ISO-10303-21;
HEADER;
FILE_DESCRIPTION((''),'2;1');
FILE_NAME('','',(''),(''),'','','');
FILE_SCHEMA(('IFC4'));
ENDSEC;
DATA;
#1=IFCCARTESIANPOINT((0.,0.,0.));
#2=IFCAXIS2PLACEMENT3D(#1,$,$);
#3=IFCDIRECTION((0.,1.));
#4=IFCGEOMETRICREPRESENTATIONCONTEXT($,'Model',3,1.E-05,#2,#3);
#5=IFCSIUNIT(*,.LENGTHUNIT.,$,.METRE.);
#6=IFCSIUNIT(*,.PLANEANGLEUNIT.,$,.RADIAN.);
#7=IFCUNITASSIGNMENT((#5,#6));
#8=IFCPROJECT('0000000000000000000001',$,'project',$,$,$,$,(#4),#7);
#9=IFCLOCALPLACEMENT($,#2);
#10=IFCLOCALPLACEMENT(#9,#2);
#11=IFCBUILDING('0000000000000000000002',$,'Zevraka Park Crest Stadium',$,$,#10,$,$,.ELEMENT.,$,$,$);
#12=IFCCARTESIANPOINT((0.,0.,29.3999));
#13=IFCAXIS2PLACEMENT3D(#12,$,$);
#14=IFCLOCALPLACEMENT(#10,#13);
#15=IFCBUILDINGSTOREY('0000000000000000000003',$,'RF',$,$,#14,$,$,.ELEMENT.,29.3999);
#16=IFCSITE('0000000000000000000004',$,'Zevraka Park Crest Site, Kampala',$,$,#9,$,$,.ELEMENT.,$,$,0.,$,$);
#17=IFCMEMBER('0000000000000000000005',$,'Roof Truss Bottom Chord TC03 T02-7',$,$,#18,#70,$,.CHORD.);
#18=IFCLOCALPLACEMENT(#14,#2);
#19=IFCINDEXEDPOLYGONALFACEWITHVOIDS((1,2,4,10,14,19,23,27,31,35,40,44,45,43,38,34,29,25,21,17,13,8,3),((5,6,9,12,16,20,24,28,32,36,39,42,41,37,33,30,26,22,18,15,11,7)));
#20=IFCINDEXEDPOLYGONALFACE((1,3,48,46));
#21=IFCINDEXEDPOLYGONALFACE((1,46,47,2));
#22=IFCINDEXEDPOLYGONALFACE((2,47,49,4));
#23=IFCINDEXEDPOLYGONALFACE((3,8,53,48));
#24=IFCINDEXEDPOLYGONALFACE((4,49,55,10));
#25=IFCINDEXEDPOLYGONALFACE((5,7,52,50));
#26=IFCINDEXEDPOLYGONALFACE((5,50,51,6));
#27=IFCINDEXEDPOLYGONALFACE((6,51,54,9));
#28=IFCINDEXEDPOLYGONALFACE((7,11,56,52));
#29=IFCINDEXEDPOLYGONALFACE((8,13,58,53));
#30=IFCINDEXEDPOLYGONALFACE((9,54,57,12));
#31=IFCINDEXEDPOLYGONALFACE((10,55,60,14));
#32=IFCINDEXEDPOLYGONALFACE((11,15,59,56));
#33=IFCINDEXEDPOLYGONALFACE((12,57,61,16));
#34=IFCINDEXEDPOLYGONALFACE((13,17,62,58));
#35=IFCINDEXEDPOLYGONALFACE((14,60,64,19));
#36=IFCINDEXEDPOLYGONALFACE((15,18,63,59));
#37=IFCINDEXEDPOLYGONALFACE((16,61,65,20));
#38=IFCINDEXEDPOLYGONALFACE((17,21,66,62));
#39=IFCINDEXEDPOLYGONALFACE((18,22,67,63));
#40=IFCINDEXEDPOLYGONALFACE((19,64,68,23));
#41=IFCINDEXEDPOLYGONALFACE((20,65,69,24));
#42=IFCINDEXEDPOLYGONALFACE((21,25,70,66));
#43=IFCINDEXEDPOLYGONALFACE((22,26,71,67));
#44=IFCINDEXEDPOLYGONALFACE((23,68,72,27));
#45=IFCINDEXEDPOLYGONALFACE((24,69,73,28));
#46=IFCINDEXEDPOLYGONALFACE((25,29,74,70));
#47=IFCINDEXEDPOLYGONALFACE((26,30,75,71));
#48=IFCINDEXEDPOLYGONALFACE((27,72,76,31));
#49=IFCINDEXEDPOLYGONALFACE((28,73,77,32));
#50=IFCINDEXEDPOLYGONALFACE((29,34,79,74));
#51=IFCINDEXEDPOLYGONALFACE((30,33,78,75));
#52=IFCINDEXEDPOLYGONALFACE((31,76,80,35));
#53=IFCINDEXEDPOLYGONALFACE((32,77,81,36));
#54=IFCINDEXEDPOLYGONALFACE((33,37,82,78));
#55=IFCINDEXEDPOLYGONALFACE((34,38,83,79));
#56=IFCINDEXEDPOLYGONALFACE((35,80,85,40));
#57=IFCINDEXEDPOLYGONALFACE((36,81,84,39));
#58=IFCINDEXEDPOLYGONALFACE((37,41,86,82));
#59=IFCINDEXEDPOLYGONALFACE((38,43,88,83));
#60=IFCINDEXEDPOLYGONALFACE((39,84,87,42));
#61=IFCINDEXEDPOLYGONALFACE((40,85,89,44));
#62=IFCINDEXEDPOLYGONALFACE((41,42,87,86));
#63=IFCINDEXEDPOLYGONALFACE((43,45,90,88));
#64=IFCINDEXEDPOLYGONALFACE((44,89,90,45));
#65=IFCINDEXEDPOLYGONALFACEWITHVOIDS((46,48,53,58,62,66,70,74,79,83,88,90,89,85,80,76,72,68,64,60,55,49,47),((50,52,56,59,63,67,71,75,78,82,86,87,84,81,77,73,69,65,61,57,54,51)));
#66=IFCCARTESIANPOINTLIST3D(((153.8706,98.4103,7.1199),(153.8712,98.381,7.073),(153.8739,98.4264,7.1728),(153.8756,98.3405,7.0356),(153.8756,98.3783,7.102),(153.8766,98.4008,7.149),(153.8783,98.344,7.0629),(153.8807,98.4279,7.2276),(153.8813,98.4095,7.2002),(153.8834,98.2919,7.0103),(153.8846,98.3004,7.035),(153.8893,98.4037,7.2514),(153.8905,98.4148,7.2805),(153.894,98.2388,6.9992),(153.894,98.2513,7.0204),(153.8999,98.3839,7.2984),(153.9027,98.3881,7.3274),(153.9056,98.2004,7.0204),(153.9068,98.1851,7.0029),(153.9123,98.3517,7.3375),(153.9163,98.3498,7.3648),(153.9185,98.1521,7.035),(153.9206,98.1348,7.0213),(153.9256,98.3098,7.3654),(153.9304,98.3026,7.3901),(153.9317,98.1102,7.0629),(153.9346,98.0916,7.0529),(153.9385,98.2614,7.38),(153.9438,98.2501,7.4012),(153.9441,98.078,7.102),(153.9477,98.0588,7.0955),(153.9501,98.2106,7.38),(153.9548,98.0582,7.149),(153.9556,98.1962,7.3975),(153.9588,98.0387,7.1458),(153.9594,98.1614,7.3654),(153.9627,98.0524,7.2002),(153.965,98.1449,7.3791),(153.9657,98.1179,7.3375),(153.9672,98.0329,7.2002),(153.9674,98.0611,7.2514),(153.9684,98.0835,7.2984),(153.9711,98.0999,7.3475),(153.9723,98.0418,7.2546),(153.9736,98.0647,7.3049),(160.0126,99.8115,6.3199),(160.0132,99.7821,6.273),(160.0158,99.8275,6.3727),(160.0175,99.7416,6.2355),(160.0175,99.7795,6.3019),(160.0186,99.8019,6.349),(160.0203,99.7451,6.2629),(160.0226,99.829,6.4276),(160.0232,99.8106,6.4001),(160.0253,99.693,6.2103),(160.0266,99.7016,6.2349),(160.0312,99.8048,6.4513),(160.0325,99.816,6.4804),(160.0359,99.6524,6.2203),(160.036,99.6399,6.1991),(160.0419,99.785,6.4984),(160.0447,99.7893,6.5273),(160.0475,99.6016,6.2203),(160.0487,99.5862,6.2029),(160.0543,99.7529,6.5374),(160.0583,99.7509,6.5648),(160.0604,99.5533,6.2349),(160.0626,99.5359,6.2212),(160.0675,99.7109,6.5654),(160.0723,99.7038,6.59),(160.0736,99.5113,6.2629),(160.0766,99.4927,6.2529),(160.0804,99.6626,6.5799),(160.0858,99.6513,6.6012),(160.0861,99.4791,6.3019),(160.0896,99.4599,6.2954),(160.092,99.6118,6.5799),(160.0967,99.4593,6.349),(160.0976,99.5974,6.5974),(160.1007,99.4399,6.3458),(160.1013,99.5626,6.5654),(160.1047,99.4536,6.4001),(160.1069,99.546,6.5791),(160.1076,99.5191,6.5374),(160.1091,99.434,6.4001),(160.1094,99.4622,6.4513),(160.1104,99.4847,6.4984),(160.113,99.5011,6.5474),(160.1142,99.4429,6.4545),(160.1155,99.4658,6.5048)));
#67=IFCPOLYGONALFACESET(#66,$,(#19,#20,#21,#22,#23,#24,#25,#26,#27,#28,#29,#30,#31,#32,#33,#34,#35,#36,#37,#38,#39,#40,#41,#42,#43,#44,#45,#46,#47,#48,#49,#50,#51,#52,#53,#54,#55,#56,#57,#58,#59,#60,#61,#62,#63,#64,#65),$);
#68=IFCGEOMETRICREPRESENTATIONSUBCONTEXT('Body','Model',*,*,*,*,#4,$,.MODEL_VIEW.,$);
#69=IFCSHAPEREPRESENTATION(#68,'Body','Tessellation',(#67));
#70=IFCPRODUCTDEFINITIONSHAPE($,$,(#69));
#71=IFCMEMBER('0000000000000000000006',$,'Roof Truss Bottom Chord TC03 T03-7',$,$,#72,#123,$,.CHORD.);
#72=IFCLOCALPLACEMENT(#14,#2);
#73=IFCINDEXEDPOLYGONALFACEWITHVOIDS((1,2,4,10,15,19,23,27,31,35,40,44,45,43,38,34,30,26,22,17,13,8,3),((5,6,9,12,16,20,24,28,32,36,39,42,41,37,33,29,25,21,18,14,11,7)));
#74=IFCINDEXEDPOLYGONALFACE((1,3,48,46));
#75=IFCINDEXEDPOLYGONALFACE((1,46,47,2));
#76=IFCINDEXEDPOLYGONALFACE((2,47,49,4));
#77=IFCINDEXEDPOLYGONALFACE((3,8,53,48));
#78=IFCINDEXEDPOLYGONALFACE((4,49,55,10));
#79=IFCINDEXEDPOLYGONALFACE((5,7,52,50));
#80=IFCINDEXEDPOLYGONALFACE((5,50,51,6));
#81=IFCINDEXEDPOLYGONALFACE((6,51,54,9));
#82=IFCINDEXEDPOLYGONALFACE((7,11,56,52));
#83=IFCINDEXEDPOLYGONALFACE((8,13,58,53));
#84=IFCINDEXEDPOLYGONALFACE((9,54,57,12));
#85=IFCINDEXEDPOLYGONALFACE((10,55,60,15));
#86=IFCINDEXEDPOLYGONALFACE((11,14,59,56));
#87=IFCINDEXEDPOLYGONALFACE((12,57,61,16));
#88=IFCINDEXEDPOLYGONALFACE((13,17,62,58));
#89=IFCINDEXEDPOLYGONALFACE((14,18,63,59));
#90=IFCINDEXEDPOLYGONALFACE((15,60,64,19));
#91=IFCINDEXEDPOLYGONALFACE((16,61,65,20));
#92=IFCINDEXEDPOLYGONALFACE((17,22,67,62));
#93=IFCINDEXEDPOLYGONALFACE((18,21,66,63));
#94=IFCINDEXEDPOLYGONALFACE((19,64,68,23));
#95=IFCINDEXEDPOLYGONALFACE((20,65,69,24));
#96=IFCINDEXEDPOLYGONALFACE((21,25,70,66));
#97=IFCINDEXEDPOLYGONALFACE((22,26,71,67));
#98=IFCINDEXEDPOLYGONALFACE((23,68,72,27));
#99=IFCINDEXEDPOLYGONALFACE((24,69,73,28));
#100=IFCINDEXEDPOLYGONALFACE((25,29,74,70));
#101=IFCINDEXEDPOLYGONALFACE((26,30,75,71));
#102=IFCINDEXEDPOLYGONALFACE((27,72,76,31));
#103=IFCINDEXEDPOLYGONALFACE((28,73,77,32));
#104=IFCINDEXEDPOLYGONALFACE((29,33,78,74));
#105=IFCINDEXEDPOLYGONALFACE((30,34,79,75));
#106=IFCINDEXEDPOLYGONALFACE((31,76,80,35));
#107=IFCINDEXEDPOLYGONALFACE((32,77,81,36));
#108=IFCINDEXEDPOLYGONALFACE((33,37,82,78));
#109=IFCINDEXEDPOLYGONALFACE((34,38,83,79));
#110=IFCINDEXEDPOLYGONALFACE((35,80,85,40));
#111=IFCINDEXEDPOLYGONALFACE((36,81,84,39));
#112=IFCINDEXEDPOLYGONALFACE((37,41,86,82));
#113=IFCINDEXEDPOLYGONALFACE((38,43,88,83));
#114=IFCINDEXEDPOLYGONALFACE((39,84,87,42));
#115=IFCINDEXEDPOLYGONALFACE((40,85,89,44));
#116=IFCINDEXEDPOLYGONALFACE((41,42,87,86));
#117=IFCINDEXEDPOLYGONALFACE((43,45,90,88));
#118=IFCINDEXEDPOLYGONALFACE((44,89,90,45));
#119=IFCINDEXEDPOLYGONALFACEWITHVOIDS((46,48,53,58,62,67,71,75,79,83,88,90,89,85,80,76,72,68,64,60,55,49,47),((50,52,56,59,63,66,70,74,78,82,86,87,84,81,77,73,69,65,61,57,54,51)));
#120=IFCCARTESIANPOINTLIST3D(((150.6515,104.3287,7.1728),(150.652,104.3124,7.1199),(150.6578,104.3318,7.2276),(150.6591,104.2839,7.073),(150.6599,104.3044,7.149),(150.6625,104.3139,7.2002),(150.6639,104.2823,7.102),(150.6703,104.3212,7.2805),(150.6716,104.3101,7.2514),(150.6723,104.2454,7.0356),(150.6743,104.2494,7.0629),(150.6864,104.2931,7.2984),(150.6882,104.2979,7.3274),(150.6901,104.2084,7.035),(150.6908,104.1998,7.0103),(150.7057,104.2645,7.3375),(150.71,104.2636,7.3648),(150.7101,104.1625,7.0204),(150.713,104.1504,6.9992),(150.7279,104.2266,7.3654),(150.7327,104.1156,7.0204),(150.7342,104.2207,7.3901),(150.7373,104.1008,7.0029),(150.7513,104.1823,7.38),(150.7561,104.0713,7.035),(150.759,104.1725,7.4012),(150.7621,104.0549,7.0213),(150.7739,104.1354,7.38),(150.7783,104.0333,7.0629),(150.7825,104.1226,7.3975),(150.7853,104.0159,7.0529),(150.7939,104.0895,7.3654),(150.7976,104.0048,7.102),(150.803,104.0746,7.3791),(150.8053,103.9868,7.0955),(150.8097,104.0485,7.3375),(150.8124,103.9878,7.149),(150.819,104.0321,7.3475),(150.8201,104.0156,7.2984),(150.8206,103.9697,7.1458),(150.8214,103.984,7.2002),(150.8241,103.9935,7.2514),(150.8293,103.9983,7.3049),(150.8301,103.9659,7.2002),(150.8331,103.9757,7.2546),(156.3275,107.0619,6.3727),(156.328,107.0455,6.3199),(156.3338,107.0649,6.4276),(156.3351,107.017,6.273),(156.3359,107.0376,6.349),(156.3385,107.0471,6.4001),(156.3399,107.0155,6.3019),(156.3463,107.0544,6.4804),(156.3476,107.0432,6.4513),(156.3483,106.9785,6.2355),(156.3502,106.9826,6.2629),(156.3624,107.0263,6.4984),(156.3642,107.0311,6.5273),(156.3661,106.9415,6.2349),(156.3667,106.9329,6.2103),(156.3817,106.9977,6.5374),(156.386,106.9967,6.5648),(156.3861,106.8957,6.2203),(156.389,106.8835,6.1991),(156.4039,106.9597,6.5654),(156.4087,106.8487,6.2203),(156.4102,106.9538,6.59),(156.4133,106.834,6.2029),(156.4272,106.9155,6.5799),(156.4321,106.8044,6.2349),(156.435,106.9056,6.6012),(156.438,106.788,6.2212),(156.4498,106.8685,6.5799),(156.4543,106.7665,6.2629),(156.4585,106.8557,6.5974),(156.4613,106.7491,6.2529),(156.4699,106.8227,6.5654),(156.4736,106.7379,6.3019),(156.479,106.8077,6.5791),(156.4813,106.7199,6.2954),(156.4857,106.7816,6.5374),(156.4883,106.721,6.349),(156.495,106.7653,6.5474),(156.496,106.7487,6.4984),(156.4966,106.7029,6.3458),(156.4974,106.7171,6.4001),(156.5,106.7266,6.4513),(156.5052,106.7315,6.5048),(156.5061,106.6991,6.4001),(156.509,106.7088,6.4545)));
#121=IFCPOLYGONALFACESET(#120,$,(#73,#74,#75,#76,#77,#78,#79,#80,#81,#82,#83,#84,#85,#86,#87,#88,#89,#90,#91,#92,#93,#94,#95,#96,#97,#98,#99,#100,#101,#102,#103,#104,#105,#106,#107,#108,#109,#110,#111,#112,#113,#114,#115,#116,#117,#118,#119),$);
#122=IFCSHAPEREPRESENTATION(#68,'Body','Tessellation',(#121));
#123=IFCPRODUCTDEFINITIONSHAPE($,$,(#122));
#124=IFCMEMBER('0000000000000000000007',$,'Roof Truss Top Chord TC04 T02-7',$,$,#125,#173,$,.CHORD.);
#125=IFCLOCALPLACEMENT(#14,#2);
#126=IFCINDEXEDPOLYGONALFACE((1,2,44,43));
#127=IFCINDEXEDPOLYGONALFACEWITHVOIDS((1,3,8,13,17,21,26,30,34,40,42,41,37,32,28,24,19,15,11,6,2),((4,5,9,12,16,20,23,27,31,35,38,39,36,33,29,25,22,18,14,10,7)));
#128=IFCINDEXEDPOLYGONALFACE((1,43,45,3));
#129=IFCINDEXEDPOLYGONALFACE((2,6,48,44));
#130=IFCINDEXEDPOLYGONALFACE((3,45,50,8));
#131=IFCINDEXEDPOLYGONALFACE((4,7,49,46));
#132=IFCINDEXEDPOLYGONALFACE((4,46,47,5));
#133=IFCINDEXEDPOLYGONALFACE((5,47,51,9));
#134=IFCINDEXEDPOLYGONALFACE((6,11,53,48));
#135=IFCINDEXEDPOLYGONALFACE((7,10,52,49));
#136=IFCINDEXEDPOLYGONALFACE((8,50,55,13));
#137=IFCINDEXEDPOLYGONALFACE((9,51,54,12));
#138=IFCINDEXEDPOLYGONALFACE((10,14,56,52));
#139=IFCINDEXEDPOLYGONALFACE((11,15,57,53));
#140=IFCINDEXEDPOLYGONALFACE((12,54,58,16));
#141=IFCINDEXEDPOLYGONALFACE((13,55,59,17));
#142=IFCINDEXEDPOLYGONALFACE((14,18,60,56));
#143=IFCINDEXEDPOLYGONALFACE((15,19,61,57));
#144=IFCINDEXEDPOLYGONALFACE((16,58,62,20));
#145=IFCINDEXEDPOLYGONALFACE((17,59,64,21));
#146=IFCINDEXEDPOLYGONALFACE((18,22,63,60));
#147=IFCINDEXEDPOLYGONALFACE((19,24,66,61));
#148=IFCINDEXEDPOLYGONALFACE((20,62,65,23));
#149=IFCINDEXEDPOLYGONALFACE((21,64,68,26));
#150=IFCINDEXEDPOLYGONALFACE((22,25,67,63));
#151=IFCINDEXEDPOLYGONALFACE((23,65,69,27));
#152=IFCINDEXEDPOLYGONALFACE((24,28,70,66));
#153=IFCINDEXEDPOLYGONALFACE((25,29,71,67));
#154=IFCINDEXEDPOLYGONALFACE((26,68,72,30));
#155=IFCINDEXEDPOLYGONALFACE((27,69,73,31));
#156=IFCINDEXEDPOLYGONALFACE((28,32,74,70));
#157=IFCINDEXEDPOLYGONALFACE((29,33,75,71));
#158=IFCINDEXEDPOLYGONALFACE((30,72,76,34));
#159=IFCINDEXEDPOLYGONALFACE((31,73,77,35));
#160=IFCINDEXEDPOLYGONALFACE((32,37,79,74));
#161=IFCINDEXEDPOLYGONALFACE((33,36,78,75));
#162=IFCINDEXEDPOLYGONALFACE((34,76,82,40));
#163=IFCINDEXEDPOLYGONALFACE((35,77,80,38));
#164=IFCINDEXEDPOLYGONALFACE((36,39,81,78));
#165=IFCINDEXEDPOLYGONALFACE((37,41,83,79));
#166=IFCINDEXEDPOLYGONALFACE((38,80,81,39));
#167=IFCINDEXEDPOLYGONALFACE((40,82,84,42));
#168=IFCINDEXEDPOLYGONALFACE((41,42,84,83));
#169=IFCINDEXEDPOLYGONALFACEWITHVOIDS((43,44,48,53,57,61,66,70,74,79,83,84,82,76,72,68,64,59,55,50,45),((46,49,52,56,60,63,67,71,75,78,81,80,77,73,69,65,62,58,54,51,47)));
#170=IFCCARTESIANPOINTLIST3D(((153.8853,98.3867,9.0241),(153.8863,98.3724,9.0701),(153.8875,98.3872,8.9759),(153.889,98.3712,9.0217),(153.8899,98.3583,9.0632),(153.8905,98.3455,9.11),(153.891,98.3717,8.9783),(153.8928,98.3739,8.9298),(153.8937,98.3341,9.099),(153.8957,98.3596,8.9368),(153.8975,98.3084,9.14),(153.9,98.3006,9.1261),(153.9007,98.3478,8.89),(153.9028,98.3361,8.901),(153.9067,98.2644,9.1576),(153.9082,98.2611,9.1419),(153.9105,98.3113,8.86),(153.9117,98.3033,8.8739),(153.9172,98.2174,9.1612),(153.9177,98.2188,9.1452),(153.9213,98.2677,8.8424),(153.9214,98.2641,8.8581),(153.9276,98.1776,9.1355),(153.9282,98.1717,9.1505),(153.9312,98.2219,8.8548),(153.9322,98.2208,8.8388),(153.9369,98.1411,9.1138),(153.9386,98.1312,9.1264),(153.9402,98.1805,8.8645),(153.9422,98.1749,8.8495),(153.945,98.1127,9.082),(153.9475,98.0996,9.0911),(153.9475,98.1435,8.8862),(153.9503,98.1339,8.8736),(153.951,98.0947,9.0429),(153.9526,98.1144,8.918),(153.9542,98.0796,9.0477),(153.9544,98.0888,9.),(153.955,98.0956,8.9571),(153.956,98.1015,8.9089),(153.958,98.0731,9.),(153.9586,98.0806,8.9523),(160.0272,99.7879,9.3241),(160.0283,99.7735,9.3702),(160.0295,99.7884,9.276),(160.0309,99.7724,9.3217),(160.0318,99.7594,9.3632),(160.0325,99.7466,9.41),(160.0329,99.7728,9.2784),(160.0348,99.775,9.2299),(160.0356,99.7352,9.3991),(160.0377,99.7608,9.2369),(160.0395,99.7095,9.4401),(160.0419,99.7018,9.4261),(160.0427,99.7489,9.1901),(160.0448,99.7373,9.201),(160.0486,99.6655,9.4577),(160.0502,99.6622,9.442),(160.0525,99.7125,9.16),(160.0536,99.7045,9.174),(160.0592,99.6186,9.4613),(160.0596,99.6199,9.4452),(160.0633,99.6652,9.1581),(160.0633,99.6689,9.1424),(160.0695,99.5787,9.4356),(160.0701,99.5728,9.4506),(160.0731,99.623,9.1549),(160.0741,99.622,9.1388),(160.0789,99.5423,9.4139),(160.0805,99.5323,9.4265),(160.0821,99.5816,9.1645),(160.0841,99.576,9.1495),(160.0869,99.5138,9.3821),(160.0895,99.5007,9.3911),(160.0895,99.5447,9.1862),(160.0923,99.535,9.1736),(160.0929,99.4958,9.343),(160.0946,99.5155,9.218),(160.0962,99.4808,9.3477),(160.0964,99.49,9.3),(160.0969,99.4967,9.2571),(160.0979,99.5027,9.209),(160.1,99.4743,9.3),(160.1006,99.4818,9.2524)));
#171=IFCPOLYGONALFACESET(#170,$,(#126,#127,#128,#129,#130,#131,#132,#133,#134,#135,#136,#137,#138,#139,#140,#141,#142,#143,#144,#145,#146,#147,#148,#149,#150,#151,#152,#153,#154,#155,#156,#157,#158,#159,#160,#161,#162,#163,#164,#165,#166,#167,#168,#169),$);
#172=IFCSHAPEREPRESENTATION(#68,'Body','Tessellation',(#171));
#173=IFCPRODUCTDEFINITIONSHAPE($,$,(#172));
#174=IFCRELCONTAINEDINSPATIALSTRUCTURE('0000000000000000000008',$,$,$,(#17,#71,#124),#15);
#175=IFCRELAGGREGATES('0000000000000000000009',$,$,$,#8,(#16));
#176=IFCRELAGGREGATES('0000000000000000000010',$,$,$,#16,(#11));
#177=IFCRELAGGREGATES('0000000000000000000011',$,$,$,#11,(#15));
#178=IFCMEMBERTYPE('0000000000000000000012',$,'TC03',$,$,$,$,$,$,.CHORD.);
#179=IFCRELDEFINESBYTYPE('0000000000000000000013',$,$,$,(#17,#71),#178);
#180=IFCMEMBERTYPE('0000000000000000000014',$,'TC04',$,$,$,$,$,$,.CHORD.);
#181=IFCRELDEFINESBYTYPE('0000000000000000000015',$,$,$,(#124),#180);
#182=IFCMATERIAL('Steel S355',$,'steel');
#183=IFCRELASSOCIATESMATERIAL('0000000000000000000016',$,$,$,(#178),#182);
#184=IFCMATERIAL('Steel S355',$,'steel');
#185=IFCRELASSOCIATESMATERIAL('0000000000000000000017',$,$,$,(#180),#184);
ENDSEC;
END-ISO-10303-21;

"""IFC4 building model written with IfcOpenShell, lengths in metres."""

from ifc_helpers import new_model, si_unit, direction, frame, origin, origin_2d, place, context, subcontext, project, spatial, hollow_circle, extrude, material, material_profile, profile_set, type_object, element, save


model = new_model("IFC4")

# Units and contexts
model_context = context("Model", 3, precision=1e-05, world=origin(), true_north=direction((0.0, 1.0)))
body_context = subcontext(model_context, "Body", "Model", "MODEL_VIEW")
ifc_project = project(units=[si_unit("LENGTHUNIT", "METRE"), si_unit("PLANEANGLEUNIT", "RADIAN")], contexts=[model_context])

# Site, building, storey
site_placement = place(None, origin())
site = spatial("IfcSite", under=ifc_project, at=site_placement, Name="Zevraka Park Crest Site, Kampala", CompositionType="ELEMENT", RefElevation=0.0)
building_placement = place(site_placement, origin())
building = spatial("IfcBuilding", under=site, at=building_placement, Name="Zevraka Park Crest Stadium", CompositionType="ELEMENT")
storey_placement = place(building_placement, frame((0.0, 0.0, 29.3999)))
storey = spatial("IfcBuildingStorey", under=building, at=storey_placement, Name="RF", CompositionType="ELEMENT", Elevation=29.3999)

# Members
ifc_material_1 = material(Name="Steel S355", Category="steel")
ifc_material_profile_1 = material_profile(ifc_material_1, hollow_circle(Radius=0.2031, WallThickness=0.02, at=origin_2d()), Name="CHS 406.4x20")
ifc_profile_set_1 = profile_set([ifc_material_profile_1], Name="Steel S355")
member_type_1 = type_object("IfcMemberType", Name="TC03", PredefinedType="CHORD", material=ifc_profile_set_1)
for number, where, z_axis, x_axis, name in (
    (1, (160.064, 99.6321, 6.4001), (-0.967184, -0.220641, 0.125987), (0.222413, -0.974952, 0.0), "Roof Truss Bottom Chord TC03 T02-7"),
    (2, (156.418, 106.8821, 6.4001), (-0.893807, -0.430391, 0.125984), (0.433848, -0.900986, 0.0), "Roof Truss Bottom Chord TC03 T03-7"),
):
    element("IfcMember", number, at=place(storey_placement, frame(where, z_axis=z_axis, x_axis=x_axis)), inside=storey, type_object=member_type_1, Name=name, PredefinedType="CHORD", context=body_context, shape_type="SweptSolid", body=[
        extrude(hollow_circle(Radius=0.2031, WallThickness=0.02, at=origin_2d()), origin(), (0.0, 0.0, 1.0), 6.3503),
    ])
ifc_material_2 = material(Name="Steel S355", Category="steel")
ifc_material_profile_2 = material_profile(ifc_material_2, hollow_circle(Radius=0.1619, WallThickness=0.0161, at=origin_2d()), Name="CHS 323.9x16")
ifc_profile_set_2 = profile_set([ifc_material_profile_2], Name="Steel S355")
member_type_2 = type_object("IfcMemberType", Name="TC04", PredefinedType="CHORD", material=ifc_profile_set_2)
for number, where, z_axis, x_axis, name in (
    (3, (160.064, 99.6321, 9.3), (-0.973848, -0.222161, -0.047576), (0.222413, -0.974952, 0.0), "Roof Truss Top Chord TC04 T02-7"),
):
    element("IfcMember", number, at=place(storey_placement, frame(where, z_axis=z_axis, x_axis=x_axis)), inside=storey, type_object=member_type_2, Name=name, PredefinedType="CHORD", context=body_context, shape_type="SweptSolid", body=[
        extrude(hollow_circle(Radius=0.1619, WallThickness=0.0161, at=origin_2d()), origin(), (0.0, 0.0, 1.0), 6.3069),
    ])

save(model, "model.ifc")
